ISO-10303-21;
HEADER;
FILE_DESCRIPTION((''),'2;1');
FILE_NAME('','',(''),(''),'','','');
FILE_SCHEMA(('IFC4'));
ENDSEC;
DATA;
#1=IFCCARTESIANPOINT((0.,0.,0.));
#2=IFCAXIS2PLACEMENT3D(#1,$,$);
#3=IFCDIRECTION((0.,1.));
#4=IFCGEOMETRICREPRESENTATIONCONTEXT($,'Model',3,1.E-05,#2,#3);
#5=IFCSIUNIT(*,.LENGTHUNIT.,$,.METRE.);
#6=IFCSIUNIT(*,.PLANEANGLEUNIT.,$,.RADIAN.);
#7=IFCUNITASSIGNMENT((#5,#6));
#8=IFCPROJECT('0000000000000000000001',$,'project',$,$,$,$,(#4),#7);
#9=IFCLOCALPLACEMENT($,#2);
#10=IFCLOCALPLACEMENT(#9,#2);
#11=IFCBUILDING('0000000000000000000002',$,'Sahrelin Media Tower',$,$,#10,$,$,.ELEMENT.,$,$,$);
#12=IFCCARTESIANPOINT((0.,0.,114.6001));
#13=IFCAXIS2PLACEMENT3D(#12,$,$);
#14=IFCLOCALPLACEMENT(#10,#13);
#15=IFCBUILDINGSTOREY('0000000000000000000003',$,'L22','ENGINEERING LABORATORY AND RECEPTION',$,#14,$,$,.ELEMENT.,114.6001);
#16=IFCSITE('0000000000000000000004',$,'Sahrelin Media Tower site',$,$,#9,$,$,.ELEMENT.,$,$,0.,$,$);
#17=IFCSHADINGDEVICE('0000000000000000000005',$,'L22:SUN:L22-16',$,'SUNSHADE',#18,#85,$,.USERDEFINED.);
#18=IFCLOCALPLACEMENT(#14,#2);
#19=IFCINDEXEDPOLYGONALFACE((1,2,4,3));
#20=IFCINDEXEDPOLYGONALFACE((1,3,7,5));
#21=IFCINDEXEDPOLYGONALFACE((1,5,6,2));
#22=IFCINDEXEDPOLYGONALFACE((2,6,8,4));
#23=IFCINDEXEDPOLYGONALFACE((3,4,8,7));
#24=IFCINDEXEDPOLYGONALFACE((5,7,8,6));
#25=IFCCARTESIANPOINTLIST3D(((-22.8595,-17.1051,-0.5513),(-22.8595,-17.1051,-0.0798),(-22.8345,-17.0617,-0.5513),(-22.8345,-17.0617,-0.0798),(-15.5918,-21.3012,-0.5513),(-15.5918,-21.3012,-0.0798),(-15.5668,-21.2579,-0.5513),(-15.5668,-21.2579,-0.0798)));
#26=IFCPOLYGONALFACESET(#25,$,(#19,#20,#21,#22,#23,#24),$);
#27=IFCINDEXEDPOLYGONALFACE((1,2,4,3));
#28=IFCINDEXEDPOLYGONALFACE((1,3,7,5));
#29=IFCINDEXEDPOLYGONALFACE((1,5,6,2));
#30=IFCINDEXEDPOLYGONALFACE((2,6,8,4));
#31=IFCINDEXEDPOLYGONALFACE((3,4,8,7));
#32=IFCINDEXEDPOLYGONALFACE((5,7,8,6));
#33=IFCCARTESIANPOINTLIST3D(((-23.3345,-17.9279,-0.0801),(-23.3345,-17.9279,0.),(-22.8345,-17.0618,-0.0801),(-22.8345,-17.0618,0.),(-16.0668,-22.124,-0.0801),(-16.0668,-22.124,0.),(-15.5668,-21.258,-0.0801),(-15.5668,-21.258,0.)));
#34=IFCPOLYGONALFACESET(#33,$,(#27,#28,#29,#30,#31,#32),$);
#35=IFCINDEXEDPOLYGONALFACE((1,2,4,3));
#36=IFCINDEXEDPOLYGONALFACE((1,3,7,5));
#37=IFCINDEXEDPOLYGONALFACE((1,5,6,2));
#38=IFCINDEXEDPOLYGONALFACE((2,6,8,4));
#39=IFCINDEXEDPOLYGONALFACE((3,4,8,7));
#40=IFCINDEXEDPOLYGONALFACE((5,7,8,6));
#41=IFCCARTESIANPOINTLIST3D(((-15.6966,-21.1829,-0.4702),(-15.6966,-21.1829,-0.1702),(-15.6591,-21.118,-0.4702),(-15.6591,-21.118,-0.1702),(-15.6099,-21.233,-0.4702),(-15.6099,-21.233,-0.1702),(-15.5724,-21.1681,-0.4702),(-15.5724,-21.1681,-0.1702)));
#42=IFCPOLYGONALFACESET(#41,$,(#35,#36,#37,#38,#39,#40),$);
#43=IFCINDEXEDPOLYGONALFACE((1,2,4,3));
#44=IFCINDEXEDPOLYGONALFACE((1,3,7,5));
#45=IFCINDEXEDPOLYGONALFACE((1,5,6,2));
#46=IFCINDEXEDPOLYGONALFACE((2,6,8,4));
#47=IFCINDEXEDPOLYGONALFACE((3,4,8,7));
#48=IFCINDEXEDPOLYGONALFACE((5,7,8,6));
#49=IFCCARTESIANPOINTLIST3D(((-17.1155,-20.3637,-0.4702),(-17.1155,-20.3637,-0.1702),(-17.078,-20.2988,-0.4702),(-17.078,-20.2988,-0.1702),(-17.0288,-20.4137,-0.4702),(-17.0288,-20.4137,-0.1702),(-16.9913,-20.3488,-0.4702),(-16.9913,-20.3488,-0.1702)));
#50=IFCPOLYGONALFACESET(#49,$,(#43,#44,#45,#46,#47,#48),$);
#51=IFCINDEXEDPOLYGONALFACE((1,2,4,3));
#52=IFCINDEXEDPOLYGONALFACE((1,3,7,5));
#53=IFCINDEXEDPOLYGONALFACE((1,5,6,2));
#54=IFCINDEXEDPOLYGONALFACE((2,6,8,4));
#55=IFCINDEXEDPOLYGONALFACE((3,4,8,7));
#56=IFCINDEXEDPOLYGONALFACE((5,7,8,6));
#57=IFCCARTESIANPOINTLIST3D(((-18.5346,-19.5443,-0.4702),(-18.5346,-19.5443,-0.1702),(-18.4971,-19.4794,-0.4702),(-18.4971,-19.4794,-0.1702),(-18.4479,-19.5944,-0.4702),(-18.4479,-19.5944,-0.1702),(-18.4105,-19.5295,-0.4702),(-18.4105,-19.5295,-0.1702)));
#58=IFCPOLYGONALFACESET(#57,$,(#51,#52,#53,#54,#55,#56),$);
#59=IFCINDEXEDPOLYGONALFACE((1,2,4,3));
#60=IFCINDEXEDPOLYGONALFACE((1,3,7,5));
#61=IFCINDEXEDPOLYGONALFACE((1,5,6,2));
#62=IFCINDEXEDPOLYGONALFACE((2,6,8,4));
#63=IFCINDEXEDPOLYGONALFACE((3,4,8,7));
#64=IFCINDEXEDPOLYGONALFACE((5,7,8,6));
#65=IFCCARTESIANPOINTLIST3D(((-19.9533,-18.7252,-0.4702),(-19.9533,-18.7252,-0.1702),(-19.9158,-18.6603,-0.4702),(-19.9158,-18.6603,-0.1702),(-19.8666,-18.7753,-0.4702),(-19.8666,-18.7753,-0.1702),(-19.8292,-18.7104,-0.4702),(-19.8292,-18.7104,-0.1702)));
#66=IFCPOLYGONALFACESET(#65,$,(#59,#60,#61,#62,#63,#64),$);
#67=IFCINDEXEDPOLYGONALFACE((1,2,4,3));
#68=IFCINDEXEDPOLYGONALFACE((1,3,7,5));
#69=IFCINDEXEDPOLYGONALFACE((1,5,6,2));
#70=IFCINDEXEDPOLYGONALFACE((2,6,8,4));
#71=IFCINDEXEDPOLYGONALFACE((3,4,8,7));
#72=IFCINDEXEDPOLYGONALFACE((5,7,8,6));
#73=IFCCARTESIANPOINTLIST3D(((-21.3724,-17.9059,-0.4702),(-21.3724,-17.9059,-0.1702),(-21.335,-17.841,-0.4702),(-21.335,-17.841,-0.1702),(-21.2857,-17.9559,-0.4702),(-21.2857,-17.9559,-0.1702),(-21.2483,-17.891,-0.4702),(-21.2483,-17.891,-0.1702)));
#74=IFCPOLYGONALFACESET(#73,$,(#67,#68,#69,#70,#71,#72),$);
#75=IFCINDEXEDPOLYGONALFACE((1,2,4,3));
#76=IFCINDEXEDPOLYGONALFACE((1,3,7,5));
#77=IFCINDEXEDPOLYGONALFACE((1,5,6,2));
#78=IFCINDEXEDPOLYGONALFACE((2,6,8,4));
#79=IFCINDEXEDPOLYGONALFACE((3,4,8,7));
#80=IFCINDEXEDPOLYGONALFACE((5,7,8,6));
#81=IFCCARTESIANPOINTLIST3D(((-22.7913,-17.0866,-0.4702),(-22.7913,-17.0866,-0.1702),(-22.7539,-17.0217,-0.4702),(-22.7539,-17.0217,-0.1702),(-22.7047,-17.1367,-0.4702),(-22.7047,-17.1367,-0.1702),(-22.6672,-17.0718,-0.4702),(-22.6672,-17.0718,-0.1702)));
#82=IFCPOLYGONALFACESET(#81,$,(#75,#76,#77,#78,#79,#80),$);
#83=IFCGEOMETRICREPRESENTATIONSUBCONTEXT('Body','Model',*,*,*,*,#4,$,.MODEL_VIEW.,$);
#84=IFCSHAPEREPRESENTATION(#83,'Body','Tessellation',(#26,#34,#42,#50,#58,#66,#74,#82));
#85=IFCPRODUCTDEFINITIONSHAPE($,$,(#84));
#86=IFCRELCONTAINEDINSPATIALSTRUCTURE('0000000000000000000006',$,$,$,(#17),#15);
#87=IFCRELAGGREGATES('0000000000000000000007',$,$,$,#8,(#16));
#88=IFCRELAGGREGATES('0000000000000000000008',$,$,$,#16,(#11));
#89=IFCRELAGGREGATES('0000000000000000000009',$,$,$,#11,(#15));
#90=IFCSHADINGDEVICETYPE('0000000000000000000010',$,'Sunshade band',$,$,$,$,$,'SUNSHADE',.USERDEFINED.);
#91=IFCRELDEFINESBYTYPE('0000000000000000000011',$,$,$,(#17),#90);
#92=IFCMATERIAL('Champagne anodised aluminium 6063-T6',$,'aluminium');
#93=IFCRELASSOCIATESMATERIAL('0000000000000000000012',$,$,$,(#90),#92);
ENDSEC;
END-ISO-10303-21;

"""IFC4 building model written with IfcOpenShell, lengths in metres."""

from ifc_helpers import new_model, si_unit, direction, frame, origin, origin_2d, place, context, subcontext, project, spatial, rectangle, extrude, material, type_object, element, save


model = new_model("IFC4")

# Units and contexts
model_context = context("Model", 3, precision=1e-05, world=origin(), true_north=direction((0.0, 1.0)))
body_context = subcontext(model_context, "Body", "Model", "MODEL_VIEW")
ifc_project = project(units=[si_unit("LENGTHUNIT", "METRE"), si_unit("PLANEANGLEUNIT", "RADIAN")], contexts=[model_context])

# Site, building, storey
site_placement = place(None, origin())
site = spatial("IfcSite", under=ifc_project, at=site_placement, Name="Sahrelin Media Tower site", CompositionType="ELEMENT", RefElevation=0.0)
building_placement = place(site_placement, origin())
building = spatial("IfcBuilding", under=site, at=building_placement, Name="Sahrelin Media Tower", CompositionType="ELEMENT")
storey_placement = place(building_placement, frame((0.0, 0.0, 114.6001)))
storey = spatial("IfcBuildingStorey", under=building, at=storey_placement, Name="L22", Description="ENGINEERING LABORATORY AND RECEPTION", CompositionType="ELEMENT", Elevation=114.6001)

# Shared definitions
ifc_material_1 = material(Name="Champagne anodised aluminium 6063-T6", Category="aluminium")

# Shading device
placement_1 = place(storey_placement, frame((-19.1907, -19.1426, 0.0), z_axis=(0.0, 0.0, 1.0), x_axis=(-0.866019, 0.500011, 0.0)))
shading_device_type_1 = type_object("IfcShadingDeviceType", Name="Sunshade band", ElementType="SUNSHADE", PredefinedType="USERDEFINED", material=ifc_material_1)
element("IfcShadingDevice", 1, at=placement_1, inside=storey, type_object=shading_device_type_1, Name="L22:SUN:L22-16", ObjectType="SUNSHADE", PredefinedType="USERDEFINED", context=body_context, shape_type="SweptSolid", body=[
    extrude(rectangle(XDim=8.3921, YDim=0.05, at=origin_2d()), frame((0.0, 0.0449, -0.5513)), (0.0, 0.0, 1.0), 0.4714),
    extrude(rectangle(XDim=8.3921, YDim=1.0, at=origin_2d()), frame((0.0, 0.52, -0.0801)), (0.0, 0.0, 1.0), 0.0801),
    extrude(rectangle(XDim=0.1001, YDim=0.075, at=origin_2d()), frame((-4.0962, -0.0176, -0.4702)), (0.0, 0.0, 1.0), 0.3),
    extrude(rectangle(XDim=0.1001, YDim=0.075, at=origin_2d()), frame((-2.4578, -0.0176, -0.4702)), (0.0, 0.0, 1.0), 0.3),
    extrude(rectangle(XDim=0.1001, YDim=0.075, at=origin_2d()), frame((-0.8191, -0.0176, -0.4702)), (0.0, 0.0, 1.0), 0.3),
    extrude(rectangle(XDim=0.1001, YDim=0.075, at=origin_2d()), frame((0.8191, -0.0176, -0.4702)), (0.0, 0.0, 1.0), 0.3),
    extrude(rectangle(XDim=0.1001, YDim=0.075, at=origin_2d()), frame((2.4578, -0.0176, -0.4702)), (0.0, 0.0, 1.0), 0.3),
    extrude(rectangle(XDim=0.1001, YDim=0.075, at=origin_2d()), frame((4.0962, -0.0176, -0.4702)), (0.0, 0.0, 1.0), 0.3),
])

save(model, "model.ifc")
